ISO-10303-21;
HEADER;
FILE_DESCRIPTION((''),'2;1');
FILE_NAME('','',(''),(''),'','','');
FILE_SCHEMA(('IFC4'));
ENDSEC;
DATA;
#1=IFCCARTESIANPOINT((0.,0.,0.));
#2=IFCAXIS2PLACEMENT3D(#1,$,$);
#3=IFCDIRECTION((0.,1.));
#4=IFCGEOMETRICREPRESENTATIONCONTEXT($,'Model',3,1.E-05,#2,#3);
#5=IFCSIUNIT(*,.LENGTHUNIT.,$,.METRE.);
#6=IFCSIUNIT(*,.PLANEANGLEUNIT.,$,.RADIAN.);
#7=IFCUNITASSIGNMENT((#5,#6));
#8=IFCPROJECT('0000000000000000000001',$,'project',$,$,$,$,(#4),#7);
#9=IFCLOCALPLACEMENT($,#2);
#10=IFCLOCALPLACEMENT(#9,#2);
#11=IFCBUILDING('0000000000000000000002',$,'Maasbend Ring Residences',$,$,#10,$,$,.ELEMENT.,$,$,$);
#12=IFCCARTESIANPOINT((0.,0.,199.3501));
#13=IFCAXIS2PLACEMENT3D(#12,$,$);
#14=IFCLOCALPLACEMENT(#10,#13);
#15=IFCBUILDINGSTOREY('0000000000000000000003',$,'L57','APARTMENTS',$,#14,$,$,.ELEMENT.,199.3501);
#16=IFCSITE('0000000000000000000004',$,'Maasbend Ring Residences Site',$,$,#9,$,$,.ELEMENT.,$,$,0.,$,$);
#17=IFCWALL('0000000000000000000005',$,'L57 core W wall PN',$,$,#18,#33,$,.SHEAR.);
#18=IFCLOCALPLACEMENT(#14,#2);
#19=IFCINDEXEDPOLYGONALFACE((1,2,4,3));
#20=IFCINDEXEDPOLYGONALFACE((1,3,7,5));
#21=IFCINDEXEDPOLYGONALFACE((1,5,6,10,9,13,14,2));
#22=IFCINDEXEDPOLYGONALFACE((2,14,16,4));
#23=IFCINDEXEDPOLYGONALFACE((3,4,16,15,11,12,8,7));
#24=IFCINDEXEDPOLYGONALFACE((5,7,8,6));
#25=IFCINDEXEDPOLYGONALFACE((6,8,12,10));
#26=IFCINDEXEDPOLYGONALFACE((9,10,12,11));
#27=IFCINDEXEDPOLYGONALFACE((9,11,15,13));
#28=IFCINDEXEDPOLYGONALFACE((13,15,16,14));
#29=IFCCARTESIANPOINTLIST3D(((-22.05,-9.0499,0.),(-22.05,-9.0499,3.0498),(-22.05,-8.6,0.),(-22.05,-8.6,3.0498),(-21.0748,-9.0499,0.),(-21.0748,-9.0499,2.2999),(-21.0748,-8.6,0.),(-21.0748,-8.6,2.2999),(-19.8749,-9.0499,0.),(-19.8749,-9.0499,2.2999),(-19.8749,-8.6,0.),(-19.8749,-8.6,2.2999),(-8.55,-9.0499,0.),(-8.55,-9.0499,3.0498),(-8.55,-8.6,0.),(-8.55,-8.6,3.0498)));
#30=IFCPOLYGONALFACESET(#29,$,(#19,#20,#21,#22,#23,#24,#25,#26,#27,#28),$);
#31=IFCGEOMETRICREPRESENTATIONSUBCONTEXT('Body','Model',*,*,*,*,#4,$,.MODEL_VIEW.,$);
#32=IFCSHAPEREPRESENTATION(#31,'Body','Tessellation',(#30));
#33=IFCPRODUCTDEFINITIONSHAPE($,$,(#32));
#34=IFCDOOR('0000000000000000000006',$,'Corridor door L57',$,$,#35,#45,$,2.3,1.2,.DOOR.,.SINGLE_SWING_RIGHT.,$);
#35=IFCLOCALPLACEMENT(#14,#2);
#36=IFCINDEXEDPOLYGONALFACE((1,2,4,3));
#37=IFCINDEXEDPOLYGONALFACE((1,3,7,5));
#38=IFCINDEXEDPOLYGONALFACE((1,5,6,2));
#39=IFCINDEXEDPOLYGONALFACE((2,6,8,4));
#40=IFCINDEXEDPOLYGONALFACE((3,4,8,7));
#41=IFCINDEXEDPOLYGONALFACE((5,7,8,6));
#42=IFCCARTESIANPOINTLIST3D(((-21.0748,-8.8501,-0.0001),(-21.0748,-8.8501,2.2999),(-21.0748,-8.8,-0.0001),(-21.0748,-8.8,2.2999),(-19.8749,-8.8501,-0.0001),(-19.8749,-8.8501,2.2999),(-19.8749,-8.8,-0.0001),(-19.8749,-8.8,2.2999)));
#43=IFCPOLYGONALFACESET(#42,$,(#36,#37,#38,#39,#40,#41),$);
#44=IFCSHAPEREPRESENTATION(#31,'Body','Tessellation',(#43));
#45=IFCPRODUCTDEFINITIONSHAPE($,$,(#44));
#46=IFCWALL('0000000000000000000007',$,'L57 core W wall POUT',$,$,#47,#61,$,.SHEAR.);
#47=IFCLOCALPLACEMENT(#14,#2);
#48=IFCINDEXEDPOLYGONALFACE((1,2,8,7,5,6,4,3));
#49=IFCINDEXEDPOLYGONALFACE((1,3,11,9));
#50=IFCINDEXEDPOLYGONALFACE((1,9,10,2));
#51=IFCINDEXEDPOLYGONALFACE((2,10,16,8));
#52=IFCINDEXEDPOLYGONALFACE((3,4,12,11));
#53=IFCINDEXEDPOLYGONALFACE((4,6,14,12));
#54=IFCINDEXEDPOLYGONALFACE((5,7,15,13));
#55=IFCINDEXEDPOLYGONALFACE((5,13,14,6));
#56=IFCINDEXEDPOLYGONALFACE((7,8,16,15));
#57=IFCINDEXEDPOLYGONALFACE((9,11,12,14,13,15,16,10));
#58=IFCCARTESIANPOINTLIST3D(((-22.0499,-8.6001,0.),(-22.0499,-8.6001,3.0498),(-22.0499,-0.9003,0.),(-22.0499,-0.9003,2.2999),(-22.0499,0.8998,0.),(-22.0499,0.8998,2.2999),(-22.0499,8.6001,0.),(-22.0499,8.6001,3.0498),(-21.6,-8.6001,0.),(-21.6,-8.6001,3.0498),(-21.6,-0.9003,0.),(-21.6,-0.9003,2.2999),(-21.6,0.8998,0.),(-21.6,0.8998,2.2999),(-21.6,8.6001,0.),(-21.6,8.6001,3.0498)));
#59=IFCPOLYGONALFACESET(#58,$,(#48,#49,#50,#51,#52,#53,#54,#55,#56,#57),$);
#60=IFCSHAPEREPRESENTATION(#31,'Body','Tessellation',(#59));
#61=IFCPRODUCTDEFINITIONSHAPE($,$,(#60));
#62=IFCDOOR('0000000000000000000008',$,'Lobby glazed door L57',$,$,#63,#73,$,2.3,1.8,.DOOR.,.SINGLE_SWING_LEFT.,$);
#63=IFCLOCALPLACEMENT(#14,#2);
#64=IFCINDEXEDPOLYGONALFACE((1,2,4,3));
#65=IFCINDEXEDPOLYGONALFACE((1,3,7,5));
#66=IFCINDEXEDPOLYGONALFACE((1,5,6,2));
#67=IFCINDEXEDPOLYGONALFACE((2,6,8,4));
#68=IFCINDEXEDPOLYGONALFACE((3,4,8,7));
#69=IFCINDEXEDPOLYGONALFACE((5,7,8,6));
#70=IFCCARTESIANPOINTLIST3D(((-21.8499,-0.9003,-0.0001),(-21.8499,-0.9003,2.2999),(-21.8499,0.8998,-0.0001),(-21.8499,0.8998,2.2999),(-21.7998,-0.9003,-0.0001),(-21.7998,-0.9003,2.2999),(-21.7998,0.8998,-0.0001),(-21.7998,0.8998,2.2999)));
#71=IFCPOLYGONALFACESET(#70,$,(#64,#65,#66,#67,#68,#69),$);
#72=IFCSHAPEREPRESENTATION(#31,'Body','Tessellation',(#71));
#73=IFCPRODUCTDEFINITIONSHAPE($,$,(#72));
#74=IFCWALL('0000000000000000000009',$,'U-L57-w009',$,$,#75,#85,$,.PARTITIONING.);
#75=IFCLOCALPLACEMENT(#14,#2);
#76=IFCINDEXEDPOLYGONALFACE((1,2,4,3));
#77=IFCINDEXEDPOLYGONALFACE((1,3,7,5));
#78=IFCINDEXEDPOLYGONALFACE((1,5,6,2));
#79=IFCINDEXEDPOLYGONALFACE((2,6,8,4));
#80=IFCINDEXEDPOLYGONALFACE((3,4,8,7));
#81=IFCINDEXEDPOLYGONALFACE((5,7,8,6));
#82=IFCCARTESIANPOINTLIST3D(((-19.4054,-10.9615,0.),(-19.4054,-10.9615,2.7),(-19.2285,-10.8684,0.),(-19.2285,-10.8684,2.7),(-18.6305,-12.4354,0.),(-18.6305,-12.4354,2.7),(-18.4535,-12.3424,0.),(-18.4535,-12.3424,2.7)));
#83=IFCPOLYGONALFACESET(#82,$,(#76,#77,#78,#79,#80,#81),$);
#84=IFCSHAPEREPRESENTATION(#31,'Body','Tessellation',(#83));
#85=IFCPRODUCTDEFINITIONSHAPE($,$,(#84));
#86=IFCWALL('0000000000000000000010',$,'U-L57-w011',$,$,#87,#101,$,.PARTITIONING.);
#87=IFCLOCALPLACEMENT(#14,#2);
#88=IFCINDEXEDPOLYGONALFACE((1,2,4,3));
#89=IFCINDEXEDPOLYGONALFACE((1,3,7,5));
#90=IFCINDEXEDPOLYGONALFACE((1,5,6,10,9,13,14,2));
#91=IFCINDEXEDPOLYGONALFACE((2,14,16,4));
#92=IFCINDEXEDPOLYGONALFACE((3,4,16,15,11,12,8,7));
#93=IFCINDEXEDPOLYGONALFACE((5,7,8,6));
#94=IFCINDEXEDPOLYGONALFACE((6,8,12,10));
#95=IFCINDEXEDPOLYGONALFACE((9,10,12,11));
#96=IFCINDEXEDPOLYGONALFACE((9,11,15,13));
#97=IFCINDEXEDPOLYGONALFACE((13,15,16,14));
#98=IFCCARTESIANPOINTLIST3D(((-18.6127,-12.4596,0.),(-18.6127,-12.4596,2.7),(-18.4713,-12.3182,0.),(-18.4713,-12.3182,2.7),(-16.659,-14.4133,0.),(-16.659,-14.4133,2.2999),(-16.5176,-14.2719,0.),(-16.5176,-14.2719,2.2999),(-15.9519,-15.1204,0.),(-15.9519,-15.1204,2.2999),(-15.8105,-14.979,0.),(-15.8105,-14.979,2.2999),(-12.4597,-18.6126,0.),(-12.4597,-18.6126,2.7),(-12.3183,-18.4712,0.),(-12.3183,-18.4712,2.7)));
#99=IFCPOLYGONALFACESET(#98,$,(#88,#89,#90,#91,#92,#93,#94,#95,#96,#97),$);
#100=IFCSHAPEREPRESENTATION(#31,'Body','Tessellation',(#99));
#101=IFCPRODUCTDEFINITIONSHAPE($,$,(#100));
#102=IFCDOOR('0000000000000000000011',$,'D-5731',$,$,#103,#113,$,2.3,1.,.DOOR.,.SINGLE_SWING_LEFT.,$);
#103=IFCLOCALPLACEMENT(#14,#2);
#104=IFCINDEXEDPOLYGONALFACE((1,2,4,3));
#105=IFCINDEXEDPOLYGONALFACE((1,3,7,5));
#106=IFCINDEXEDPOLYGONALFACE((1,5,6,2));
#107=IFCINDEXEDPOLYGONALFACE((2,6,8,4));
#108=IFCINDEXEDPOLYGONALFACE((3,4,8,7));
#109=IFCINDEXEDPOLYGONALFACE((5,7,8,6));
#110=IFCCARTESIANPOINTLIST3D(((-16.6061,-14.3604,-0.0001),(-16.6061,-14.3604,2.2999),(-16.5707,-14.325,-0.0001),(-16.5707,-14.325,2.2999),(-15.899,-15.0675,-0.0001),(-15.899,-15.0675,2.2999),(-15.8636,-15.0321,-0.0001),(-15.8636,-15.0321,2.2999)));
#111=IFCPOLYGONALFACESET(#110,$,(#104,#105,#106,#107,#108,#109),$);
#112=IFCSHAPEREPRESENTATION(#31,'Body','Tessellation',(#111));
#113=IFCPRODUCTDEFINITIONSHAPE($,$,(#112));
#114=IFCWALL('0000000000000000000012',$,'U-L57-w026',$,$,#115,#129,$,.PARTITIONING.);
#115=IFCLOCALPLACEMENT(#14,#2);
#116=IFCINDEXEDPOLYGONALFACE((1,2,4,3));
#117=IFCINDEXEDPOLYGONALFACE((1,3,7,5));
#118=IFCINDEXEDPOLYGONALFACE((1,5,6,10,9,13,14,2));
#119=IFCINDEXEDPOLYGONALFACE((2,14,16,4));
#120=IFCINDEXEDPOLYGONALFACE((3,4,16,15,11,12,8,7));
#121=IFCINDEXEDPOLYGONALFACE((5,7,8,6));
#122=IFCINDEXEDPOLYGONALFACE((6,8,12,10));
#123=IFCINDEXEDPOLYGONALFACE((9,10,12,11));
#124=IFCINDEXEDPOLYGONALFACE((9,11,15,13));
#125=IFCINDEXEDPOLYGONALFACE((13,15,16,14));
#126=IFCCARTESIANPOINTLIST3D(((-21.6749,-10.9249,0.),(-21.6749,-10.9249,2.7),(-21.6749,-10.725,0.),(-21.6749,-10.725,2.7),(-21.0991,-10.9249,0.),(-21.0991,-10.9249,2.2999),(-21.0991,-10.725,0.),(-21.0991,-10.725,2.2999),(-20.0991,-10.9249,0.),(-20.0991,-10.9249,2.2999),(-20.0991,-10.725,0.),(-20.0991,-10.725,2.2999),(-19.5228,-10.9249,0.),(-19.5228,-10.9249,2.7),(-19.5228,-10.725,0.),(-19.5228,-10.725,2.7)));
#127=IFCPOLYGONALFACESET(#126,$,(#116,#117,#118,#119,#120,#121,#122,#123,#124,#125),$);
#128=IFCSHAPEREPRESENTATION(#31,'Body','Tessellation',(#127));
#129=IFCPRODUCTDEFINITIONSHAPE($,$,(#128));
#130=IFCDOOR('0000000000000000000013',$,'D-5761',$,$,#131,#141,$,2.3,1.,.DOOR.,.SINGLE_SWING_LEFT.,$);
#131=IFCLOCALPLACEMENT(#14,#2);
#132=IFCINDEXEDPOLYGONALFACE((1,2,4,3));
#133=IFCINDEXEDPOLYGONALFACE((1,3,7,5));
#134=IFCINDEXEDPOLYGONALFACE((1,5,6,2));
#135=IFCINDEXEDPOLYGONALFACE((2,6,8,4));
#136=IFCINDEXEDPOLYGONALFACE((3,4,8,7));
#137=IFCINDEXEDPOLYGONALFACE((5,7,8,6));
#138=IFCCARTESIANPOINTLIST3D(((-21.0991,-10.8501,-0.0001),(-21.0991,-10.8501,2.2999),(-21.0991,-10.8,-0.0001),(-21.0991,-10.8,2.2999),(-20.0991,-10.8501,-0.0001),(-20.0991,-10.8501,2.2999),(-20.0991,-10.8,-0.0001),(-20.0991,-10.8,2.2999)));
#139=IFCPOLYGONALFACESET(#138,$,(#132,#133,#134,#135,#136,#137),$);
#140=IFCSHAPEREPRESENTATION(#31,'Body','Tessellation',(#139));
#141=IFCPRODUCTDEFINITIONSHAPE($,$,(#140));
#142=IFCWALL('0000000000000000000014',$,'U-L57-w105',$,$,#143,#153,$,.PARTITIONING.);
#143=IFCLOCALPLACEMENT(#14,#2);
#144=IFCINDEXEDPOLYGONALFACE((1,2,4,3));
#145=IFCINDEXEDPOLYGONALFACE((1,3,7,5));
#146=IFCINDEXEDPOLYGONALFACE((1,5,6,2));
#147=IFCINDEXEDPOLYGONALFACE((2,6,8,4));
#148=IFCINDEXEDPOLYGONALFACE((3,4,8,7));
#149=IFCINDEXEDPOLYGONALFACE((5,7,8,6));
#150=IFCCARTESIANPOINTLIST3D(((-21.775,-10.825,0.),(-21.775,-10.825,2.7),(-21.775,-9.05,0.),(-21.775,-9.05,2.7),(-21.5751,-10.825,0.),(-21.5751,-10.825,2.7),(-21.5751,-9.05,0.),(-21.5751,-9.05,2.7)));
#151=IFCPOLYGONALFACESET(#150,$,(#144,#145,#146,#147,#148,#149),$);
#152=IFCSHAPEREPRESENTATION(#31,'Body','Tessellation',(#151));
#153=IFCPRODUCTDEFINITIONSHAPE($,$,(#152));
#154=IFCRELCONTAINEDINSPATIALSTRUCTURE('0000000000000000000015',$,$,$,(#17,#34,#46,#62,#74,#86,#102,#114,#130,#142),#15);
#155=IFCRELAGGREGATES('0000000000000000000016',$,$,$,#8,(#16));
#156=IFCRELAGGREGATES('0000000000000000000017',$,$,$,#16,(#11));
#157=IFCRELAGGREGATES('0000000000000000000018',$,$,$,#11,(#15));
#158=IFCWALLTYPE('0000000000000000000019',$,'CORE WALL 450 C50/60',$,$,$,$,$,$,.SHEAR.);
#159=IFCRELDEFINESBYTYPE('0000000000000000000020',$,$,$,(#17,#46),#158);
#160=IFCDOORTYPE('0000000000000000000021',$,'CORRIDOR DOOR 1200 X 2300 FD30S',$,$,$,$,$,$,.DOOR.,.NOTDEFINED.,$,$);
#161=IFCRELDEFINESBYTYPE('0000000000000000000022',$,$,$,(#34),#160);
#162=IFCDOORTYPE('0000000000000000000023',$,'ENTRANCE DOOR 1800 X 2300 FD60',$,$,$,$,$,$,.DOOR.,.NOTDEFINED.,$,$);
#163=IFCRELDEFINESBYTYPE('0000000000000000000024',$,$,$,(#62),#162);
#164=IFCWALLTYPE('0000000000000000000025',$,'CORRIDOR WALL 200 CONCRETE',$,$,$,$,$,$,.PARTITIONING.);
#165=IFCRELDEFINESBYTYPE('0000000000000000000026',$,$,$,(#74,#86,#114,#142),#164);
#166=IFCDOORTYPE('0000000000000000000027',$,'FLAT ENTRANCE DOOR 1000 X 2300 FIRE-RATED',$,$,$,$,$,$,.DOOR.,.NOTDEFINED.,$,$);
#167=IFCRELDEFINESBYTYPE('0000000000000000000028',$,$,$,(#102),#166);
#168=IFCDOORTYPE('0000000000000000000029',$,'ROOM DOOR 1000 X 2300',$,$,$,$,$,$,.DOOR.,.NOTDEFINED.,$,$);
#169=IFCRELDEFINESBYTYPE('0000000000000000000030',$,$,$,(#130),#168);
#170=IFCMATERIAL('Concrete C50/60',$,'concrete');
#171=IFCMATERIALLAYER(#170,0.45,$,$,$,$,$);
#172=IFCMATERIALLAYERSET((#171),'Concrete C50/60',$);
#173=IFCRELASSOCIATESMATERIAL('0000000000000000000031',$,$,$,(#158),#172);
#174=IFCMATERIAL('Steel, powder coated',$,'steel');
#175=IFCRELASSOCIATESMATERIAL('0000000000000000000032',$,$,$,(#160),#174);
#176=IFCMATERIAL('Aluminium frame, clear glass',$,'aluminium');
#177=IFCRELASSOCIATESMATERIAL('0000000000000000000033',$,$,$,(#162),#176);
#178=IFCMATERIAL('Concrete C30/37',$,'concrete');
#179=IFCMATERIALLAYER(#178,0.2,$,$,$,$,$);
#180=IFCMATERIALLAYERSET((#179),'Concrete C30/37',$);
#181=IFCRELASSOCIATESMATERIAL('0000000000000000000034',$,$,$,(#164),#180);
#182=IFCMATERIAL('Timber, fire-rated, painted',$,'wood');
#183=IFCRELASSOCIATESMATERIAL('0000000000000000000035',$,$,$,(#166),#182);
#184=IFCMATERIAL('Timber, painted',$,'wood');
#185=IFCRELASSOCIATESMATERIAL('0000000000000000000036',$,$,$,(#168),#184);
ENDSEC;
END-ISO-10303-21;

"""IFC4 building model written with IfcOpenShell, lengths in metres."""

from ifc_helpers import new_model, si_unit, direction, frame, frame_2d, origin, place, context, subcontext, project, spatial, rectangle, extrude, material, layer, layer_set, type_object, element, fill, save


model = new_model("IFC4")

# Units and contexts
model_context = context("Model", 3, precision=1e-05, world=origin(), true_north=direction((0.0, 1.0)))
body_context = subcontext(model_context, "Body", "Model", "MODEL_VIEW")
ifc_project = project(units=[si_unit("LENGTHUNIT", "METRE"), si_unit("PLANEANGLEUNIT", "RADIAN")], contexts=[model_context])

# Site, building, storey
site_placement = place(None, origin())
site = spatial("IfcSite", under=ifc_project, at=site_placement, Name="Maasbend Ring Residences Site", CompositionType="ELEMENT", RefElevation=0.0)
building_placement = place(site_placement, origin())
building = spatial("IfcBuilding", under=site, at=building_placement, Name="Maasbend Ring Residences", CompositionType="ELEMENT")
storey_placement = place(building_placement, frame((0.0, 0.0, 199.3501)))
storey = spatial("IfcBuildingStorey", under=building, at=storey_placement, Name="L57", Description="APARTMENTS", CompositionType="ELEMENT", Elevation=199.3501)

# Walls, openings, doors
ifc_material_1 = material(Name="Concrete C50/60", Category="concrete")
ifc_layer_1 = layer(ifc_material_1, 0.45)
ifc_layer_set_1 = layer_set([ifc_layer_1], Name="Concrete C50/60")
wall_type_1 = type_object("IfcWallType", Name="CORE WALL 450 C50/60", PredefinedType="SHEAR", material=ifc_layer_set_1)
wall_1_placement = place(storey_placement, frame((-22.05, -8.825, 0.0), z_axis=(0.0, 0.0, 1.0), x_axis=(1.0, 0.0, 0.0)))
wall_1 = element("IfcWall", 1, at=wall_1_placement, inside=storey, type_object=wall_type_1, Name="L57 core W wall PN", PredefinedType="SHEAR", context=body_context, shape_type="SweptSolid", body=[
    extrude(rectangle(XDim=13.5, YDim=0.45, at=frame_2d((6.75, 0.0))), origin(), (0.0, 0.0, 1.0), 3.0498),
])
opening_1_placement = place(wall_1_placement, frame((0.9751, 0.0, 0.0)))
opening_1 = element("IfcOpeningElement", 2, at=opening_1_placement, cuts=wall_1, PredefinedType="OPENING", context=body_context, shape_type="SweptSolid", body=[
    extrude(rectangle(XDim=1.2, YDim=2.3, at=frame_2d((0.6001, 1.1499))), frame((0.0, 0.2349, 0.0), z_axis=(0.0, -1.0, 0.0), x_axis=(1.0, 0.0, 0.0)), (0.0, 0.0, 1.0), 0.47),
])
ifc_material_2 = material(Name="Steel, powder coated", Category="steel")
door_type_1 = type_object("IfcDoorType", Name="CORRIDOR DOOR 1200 X 2300 FD30S", OperationType="NOTDEFINED", PredefinedType="DOOR", material=ifc_material_2)
door_1_placement = place(opening_1_placement, origin())
door_1 = element("IfcDoor", 3, at=door_1_placement, inside=storey, type_object=door_type_1, Name="Corridor door L57", OperationType="SINGLE_SWING_RIGHT", OverallHeight=2.3, OverallWidth=1.2, PredefinedType="DOOR", context=body_context, shape_type="SweptSolid", body=[
    extrude(rectangle(XDim=1.2, YDim=2.3, at=frame_2d((0.6001, 1.1499))), frame((0.0, 0.0249, 0.0), z_axis=(0.0, -1.0, 0.0), x_axis=(1.0, 0.0, 0.0)), (0.0, 0.0, 1.0), 0.05),
])
fill(opening_1, door_1)
wall_2_placement = place(storey_placement, frame((-21.825, -8.6001, 0.0), z_axis=(0.0, 0.0, 1.0), x_axis=(0.0, 1.0, 0.0)))
wall_2 = element("IfcWall", 4, at=wall_2_placement, inside=storey, type_object=wall_type_1, Name="L57 core W wall POUT", PredefinedType="SHEAR", context=body_context, shape_type="SweptSolid", body=[
    extrude(rectangle(XDim=17.2002, YDim=0.45, at=frame_2d((8.6001, 0.0))), origin(), (0.0, 0.0, 1.0), 3.0498),
])
opening_2_placement = place(wall_2_placement, frame((7.7, 0.0, 0.0)))
opening_2 = element("IfcOpeningElement", 5, at=opening_2_placement, cuts=wall_2, PredefinedType="OPENING", context=body_context, shape_type="SweptSolid", body=[
    extrude(rectangle(XDim=1.8, YDim=2.3, at=frame_2d((0.8999, 1.1499))), frame((0.0, 0.2349, 0.0), z_axis=(0.0, -1.0, 0.0), x_axis=(1.0, 0.0, 0.0)), (0.0, 0.0, 1.0), 0.47),
])
ifc_material_3 = material(Name="Aluminium frame, clear glass", Category="aluminium")
door_type_2 = type_object("IfcDoorType", Name="ENTRANCE DOOR 1800 X 2300 FD60", OperationType="NOTDEFINED", PredefinedType="DOOR", material=ifc_material_3)
door_2_placement = place(opening_2_placement, origin())
door_2 = element("IfcDoor", 6, at=door_2_placement, inside=storey, type_object=door_type_2, Name="Lobby glazed door L57", OperationType="SINGLE_SWING_LEFT", OverallHeight=2.3, OverallWidth=1.8, PredefinedType="DOOR", context=body_context, shape_type="SweptSolid", body=[
    extrude(rectangle(XDim=1.8, YDim=2.3, at=frame_2d((0.8999, 1.1499))), frame((0.0, 0.0249, 0.0), z_axis=(0.0, -1.0, 0.0), x_axis=(1.0, 0.0, 0.0)), (0.0, 0.0, 1.0), 0.05),
])
fill(opening_2, door_2)

# Wall
ifc_material_4 = material(Name="Concrete C30/37", Category="concrete")
ifc_layer_2 = layer(ifc_material_4, 0.2)
ifc_layer_set_2 = layer_set([ifc_layer_2], Name="Concrete C30/37")
wall_type_2 = type_object("IfcWallType", Name="CORRIDOR WALL 200 CONCRETE", PredefinedType="PARTITIONING", material=ifc_layer_set_2)
wall_3_placement = place(storey_placement, frame((-19.3169, -10.915, 0.0), z_axis=(0.0, 0.0, 1.0), x_axis=(0.46536, -0.885122, 0.0)))
element("IfcWall", 7, at=wall_3_placement, inside=storey, type_object=wall_type_2, Name="U-L57-w009", PredefinedType="PARTITIONING", context=body_context, shape_type="SweptSolid", body=[
    extrude(rectangle(XDim=1.6653, YDim=0.2, at=frame_2d((0.8325, 0.0))), origin(), (0.0, 0.0, 1.0), 2.7),
])

# Walls, openings, doors
wall_4_placement = place(storey_placement, frame((-18.542, -12.3889, 0.0), z_axis=(0.0, 0.0, 1.0), x_axis=(0.707107, -0.707107, 0.0)))
wall_4 = element("IfcWall", 8, at=wall_4_placement, inside=storey, type_object=wall_type_2, Name="U-L57-w011", PredefinedType="PARTITIONING", context=body_context, shape_type="SweptSolid", body=[
    extrude(rectangle(XDim=8.7017, YDim=0.2, at=frame_2d((4.3508, 0.0))), origin(), (0.0, 0.0, 1.0), 2.7),
])
opening_3_placement = place(wall_4_placement, frame((2.7629, 0.0, 0.0)))
opening_3 = element("IfcOpeningElement", 9, at=opening_3_placement, cuts=wall_4, PredefinedType="OPENING", context=body_context, shape_type="SweptSolid", body=[
    extrude(rectangle(XDim=1.0, YDim=2.3, at=frame_2d((0.5, 1.1499))), frame((0.0, 0.1099, 0.0), z_axis=(0.0, -1.0, 0.0), x_axis=(1.0, 0.0, 0.0)), (0.0, 0.0, 1.0), 0.22),
])
ifc_material_5 = material(Name="Timber, fire-rated, painted", Category="wood")
door_type_3 = type_object("IfcDoorType", Name="FLAT ENTRANCE DOOR 1000 X 2300 FIRE-RATED", OperationType="NOTDEFINED", PredefinedType="DOOR", material=ifc_material_5)
door_3_placement = place(opening_3_placement, origin())
door_3 = element("IfcDoor", 10, at=door_3_placement, inside=storey, type_object=door_type_3, Name="D-5731", OperationType="SINGLE_SWING_LEFT", OverallHeight=2.3, OverallWidth=1.0, PredefinedType="DOOR", context=body_context, shape_type="SweptSolid", body=[
    extrude(rectangle(XDim=1.0, YDim=2.3, at=frame_2d((0.5, 1.1499))), frame((0.0, 0.0249, 0.0), z_axis=(0.0, -1.0, 0.0), x_axis=(1.0, 0.0, 0.0)), (0.0, 0.0, 1.0), 0.05),
])
fill(opening_3, door_3)
wall_5_placement = place(storey_placement, frame((-21.675, -10.825, 0.0), z_axis=(0.0, 0.0, 1.0), x_axis=(1.0, 0.0, 0.0)))
wall_5 = element("IfcWall", 11, at=wall_5_placement, inside=storey, type_object=wall_type_2, Name="U-L57-w026", PredefinedType="PARTITIONING", context=body_context, shape_type="SweptSolid", body=[
    extrude(rectangle(XDim=2.1521, YDim=0.2, at=frame_2d((1.0762, 0.0))), origin(), (0.0, 0.0, 1.0), 2.7),
])
opening_4_placement = place(wall_5_placement, frame((0.5759, 0.0, 0.0)))
opening_4 = element("IfcOpeningElement", 12, at=opening_4_placement, cuts=wall_5, PredefinedType="OPENING", context=body_context, shape_type="SweptSolid", body=[
    extrude(rectangle(XDim=1.0, YDim=2.3, at=frame_2d((0.5, 1.1499))), frame((0.0, 0.1099, 0.0), z_axis=(0.0, -1.0, 0.0), x_axis=(1.0, 0.0, 0.0)), (0.0, 0.0, 1.0), 0.22),
])
ifc_material_6 = material(Name="Timber, painted", Category="wood")
door_type_4 = type_object("IfcDoorType", Name="ROOM DOOR 1000 X 2300", OperationType="NOTDEFINED", PredefinedType="DOOR", material=ifc_material_6)
door_4_placement = place(opening_4_placement, origin())
door_4 = element("IfcDoor", 13, at=door_4_placement, inside=storey, type_object=door_type_4, Name="D-5761", OperationType="SINGLE_SWING_LEFT", OverallHeight=2.3, OverallWidth=1.0, PredefinedType="DOOR", context=body_context, shape_type="SweptSolid", body=[
    extrude(rectangle(XDim=1.0, YDim=2.3, at=frame_2d((0.5, 1.1499))), frame((0.0, 0.0249, 0.0), z_axis=(0.0, -1.0, 0.0), x_axis=(1.0, 0.0, 0.0)), (0.0, 0.0, 1.0), 0.05),
])
fill(opening_4, door_4)

# Wall
wall_6_placement = place(storey_placement, frame((-21.675, -10.825, 0.0), z_axis=(0.0, 0.0, 1.0), x_axis=(0.0, 1.0, 0.0)))
element("IfcWall", 14, at=wall_6_placement, inside=storey, type_object=wall_type_2, Name="U-L57-w105", PredefinedType="PARTITIONING", context=body_context, shape_type="SweptSolid", body=[
    extrude(rectangle(XDim=1.7749, YDim=0.2, at=frame_2d((0.8875, 0.0))), origin(), (0.0, 0.0, 1.0), 2.7),
])

save(model, "model.ifc")
